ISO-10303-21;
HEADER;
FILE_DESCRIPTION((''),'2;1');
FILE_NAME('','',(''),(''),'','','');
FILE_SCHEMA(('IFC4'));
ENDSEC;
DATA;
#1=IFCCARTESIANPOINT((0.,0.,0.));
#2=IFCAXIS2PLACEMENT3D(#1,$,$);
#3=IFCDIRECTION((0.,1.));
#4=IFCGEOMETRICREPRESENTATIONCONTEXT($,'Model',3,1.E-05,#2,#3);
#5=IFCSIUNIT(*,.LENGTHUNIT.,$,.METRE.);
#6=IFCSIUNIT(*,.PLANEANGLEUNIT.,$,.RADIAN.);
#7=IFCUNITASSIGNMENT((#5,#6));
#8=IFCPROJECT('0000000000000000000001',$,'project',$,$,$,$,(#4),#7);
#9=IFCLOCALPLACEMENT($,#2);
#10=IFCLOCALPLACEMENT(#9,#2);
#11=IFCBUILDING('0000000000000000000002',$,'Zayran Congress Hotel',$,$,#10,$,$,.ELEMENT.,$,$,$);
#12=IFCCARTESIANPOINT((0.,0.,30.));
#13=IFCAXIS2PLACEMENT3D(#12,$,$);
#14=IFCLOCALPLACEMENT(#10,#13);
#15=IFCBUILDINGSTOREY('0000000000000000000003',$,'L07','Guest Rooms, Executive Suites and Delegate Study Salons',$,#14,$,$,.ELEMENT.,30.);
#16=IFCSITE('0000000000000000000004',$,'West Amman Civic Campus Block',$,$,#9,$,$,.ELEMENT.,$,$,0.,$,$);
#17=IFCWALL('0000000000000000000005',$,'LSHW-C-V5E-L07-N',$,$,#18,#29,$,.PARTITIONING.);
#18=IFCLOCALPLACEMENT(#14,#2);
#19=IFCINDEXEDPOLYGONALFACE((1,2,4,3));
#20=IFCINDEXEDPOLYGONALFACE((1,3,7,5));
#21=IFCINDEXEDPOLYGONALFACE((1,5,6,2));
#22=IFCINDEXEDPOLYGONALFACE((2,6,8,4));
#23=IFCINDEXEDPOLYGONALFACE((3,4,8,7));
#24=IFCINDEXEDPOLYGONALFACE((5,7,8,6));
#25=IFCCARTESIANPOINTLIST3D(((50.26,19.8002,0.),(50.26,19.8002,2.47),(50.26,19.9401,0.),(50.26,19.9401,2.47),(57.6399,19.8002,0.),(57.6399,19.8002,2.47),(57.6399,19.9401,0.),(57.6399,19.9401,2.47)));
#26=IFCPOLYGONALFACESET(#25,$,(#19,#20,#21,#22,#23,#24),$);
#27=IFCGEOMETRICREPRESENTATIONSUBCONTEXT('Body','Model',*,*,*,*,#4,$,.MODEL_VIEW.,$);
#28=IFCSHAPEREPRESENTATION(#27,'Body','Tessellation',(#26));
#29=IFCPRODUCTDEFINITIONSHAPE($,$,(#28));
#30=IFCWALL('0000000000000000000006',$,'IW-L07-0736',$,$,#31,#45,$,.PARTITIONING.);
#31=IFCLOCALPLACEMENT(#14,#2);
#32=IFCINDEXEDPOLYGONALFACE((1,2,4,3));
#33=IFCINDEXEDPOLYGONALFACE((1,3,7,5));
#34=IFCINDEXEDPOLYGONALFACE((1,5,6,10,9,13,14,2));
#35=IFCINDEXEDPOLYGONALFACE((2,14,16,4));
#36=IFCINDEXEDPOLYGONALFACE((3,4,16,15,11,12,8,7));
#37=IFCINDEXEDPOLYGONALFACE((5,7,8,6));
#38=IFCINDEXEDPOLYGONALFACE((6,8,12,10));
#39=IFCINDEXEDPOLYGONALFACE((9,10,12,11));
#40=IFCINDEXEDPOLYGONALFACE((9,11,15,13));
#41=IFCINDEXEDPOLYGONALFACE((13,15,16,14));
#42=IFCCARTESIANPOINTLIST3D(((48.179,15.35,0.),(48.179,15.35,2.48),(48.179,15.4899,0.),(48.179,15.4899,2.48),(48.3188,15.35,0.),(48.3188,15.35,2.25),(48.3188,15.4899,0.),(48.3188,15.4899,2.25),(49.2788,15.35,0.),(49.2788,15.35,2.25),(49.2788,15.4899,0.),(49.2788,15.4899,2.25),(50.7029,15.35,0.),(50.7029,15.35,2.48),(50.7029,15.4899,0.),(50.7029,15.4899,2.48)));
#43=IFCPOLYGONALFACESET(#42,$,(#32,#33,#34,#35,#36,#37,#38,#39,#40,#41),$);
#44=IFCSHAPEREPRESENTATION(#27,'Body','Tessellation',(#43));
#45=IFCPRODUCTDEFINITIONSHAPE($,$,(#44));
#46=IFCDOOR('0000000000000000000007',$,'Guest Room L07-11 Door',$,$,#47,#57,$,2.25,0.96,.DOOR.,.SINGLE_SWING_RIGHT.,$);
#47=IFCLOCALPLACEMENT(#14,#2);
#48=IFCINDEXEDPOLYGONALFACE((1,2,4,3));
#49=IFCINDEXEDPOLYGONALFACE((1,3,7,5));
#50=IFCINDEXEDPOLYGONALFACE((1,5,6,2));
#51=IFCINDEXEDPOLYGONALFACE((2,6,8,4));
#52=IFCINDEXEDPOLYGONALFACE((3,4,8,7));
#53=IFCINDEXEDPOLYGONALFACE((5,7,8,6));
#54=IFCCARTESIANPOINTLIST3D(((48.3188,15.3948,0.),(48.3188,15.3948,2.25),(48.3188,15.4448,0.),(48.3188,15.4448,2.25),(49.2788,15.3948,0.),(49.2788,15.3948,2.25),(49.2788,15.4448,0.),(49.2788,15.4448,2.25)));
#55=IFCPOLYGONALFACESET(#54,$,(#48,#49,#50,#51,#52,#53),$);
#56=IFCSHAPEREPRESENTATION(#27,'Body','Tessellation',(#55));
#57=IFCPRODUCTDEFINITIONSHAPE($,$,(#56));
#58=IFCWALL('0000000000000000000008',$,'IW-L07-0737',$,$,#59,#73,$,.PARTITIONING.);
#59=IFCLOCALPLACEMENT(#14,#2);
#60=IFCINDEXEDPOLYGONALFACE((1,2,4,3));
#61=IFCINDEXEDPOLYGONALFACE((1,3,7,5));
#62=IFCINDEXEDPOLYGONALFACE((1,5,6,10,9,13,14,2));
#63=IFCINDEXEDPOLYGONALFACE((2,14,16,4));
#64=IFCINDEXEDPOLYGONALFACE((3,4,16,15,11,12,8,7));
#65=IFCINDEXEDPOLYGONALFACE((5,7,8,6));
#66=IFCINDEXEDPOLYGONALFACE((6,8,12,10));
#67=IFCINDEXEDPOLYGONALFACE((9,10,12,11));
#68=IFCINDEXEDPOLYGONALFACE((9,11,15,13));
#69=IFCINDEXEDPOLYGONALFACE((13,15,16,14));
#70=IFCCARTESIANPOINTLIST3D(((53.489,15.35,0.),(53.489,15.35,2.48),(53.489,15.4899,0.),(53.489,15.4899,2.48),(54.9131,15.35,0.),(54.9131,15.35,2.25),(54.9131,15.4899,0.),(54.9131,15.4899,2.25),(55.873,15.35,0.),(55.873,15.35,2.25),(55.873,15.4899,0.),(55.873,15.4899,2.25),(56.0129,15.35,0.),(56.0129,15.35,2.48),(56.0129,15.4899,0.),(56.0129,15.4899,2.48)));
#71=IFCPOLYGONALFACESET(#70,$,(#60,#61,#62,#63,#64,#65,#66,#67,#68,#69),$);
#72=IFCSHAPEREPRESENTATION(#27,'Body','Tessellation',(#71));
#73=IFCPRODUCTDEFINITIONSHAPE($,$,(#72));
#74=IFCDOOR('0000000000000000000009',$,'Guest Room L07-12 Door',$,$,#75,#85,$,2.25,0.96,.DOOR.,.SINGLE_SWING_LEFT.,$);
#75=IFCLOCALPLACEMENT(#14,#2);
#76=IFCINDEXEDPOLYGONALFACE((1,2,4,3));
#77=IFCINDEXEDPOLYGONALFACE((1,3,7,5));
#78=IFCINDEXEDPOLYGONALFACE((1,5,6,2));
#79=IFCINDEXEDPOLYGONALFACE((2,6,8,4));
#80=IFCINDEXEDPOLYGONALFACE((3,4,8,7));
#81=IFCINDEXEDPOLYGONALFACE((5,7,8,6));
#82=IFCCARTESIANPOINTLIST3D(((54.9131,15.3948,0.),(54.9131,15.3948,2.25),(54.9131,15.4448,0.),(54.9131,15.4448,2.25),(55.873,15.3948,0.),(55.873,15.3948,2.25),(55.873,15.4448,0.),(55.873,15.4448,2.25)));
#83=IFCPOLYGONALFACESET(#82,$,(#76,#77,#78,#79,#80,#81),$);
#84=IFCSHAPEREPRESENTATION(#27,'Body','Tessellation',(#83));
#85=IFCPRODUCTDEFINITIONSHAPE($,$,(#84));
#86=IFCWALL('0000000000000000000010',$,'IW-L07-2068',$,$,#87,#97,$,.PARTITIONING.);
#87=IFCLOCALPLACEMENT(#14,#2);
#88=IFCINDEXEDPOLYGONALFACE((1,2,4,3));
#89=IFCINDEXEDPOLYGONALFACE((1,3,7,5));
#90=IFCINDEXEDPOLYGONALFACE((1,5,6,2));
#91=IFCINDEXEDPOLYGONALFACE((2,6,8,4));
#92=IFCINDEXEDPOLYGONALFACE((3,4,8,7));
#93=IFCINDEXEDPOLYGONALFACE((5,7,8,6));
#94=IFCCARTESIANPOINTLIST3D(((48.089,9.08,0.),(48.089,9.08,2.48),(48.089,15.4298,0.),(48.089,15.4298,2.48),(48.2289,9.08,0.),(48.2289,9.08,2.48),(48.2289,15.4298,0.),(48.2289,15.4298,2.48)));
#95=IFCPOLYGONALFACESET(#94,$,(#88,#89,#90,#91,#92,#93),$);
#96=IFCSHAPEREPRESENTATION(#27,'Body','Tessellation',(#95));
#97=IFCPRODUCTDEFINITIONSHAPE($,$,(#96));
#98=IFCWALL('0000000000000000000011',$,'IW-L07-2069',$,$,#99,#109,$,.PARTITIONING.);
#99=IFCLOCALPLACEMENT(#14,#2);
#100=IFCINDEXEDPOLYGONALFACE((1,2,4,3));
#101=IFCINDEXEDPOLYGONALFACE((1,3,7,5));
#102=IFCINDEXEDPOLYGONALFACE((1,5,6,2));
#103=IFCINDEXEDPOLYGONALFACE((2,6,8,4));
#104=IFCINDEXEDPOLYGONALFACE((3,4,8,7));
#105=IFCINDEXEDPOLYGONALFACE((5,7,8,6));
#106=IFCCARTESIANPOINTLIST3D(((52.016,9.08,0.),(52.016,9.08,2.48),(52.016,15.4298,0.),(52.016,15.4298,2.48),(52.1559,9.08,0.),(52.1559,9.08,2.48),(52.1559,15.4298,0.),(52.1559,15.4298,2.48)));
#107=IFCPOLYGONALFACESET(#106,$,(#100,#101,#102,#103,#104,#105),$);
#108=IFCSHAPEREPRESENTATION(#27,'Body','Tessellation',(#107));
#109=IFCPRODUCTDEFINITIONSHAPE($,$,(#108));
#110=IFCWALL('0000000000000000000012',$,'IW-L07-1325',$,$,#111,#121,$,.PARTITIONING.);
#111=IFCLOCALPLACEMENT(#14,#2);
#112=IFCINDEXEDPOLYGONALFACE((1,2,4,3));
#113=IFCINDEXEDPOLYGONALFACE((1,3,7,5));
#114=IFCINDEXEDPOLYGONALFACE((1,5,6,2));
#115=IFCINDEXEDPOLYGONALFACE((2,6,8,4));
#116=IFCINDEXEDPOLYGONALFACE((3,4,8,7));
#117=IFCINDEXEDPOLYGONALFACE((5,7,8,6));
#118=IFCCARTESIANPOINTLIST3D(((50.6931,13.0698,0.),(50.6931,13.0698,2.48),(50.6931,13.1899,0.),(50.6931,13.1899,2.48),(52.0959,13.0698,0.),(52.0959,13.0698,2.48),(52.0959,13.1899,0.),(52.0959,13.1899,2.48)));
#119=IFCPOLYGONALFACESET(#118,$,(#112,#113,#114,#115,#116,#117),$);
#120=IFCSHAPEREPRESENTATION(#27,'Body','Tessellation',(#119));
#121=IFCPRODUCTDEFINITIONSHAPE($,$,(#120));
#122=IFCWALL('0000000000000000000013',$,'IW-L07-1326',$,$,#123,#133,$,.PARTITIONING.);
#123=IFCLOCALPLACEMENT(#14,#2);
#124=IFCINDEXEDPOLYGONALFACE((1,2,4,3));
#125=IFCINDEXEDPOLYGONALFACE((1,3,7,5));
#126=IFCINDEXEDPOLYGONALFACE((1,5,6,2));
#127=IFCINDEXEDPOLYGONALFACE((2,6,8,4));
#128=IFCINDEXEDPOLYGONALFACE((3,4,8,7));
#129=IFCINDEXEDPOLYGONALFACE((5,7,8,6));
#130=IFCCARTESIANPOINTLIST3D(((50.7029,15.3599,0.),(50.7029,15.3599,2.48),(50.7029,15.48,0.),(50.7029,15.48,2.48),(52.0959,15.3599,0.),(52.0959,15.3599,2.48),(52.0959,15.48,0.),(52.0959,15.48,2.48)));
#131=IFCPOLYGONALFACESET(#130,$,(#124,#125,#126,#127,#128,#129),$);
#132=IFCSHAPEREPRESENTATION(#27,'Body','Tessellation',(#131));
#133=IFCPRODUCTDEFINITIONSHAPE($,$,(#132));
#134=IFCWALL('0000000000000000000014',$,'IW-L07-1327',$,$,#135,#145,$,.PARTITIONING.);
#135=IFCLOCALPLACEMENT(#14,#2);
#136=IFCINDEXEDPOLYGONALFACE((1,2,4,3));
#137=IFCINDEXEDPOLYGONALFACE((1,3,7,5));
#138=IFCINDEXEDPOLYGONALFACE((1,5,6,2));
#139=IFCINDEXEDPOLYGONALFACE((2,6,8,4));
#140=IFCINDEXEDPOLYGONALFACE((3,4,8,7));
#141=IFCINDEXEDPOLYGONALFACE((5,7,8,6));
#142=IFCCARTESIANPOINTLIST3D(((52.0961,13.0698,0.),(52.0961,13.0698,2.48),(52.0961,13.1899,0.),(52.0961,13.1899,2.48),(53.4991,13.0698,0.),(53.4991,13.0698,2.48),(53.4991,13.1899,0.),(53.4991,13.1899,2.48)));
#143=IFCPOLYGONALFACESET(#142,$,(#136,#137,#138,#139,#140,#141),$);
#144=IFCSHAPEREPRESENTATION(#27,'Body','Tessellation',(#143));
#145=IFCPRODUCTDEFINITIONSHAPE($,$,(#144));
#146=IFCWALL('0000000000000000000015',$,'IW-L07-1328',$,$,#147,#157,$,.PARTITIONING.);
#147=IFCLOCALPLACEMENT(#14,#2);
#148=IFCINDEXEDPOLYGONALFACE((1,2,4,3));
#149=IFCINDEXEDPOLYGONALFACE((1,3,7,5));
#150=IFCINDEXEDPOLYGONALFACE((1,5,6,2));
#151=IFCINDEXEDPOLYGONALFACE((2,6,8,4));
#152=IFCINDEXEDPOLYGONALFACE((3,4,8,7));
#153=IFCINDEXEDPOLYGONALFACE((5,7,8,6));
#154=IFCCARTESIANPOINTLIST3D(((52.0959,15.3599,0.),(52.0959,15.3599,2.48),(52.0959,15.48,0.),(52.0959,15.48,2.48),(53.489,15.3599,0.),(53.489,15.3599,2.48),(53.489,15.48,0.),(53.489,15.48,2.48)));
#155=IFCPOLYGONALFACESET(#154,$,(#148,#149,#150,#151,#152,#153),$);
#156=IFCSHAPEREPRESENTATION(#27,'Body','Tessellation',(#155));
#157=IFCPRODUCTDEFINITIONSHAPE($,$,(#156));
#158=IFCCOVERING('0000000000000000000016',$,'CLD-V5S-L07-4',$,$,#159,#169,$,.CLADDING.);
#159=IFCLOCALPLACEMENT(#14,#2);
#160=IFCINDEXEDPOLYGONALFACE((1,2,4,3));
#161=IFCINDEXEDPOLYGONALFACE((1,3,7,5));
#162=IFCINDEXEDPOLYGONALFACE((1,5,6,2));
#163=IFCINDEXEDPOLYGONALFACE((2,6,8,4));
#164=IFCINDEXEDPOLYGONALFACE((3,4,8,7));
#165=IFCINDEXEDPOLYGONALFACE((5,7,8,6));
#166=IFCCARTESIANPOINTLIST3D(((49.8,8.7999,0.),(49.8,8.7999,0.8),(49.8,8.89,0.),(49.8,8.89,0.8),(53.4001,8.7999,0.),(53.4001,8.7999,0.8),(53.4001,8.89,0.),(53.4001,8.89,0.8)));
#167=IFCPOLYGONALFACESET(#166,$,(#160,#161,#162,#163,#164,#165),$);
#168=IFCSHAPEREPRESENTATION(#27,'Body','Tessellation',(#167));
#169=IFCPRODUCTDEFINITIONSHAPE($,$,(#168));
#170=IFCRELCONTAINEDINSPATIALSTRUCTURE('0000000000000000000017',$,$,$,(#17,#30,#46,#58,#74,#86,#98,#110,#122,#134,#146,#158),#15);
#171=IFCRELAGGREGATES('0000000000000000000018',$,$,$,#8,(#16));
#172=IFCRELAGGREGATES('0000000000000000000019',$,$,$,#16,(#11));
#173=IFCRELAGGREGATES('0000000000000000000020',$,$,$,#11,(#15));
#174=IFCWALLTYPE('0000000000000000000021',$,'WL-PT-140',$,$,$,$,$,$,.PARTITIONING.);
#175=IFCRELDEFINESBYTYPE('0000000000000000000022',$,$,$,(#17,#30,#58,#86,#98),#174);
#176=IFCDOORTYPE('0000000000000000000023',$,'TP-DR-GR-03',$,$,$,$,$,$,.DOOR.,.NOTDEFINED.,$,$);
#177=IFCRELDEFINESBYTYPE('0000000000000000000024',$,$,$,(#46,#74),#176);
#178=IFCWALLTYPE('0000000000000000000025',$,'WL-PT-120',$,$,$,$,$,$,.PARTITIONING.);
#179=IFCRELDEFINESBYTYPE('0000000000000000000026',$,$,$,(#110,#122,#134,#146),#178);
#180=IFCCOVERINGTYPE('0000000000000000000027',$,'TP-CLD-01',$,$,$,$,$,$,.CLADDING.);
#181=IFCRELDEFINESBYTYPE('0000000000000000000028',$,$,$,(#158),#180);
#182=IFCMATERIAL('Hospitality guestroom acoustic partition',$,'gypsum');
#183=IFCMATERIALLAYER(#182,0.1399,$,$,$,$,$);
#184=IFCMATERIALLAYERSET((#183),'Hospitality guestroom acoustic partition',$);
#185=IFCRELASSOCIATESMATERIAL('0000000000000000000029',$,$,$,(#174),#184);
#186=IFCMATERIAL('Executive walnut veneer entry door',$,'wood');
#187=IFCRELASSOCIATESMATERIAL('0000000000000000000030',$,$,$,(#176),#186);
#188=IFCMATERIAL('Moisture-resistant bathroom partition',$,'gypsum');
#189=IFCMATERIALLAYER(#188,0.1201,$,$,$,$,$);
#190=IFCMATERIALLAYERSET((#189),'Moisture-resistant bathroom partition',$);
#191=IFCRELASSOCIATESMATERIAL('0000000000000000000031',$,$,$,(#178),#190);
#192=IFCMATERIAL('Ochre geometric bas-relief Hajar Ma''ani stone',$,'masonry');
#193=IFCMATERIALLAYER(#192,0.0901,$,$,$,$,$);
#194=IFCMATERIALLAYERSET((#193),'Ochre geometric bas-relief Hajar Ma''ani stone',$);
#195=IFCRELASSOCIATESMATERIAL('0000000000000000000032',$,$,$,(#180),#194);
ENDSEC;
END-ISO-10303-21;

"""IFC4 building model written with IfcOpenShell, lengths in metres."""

from ifc_helpers import new_model, si_unit, direction, frame, frame_2d, origin, origin_2d, place, context, subcontext, project, spatial, rectangle, extrude, material, layer, layer_set, type_object, element, fill, save


model = new_model("IFC4")

# Units and contexts
model_context = context("Model", 3, precision=1e-05, world=origin(), true_north=direction((0.0, 1.0)))
body_context = subcontext(model_context, "Body", "Model", "MODEL_VIEW")
ifc_project = project(units=[si_unit("LENGTHUNIT", "METRE"), si_unit("PLANEANGLEUNIT", "RADIAN")], contexts=[model_context])

# Site, building, storey
site_placement = place(None, origin())
site = spatial("IfcSite", under=ifc_project, at=site_placement, Name="West Amman Civic Campus Block", CompositionType="ELEMENT", RefElevation=0.0)
building_placement = place(site_placement, origin())
building = spatial("IfcBuilding", under=site, at=building_placement, Name="Zayran Congress Hotel", CompositionType="ELEMENT")
storey_placement = place(building_placement, frame((0.0, 0.0, 30.0)))
storey = spatial("IfcBuildingStorey", under=building, at=storey_placement, Name="L07", Description="Guest Rooms, Executive Suites and Delegate Study Salons", CompositionType="ELEMENT", Elevation=30.0)

# Wall
ifc_material_1 = material(Name="Hospitality guestroom acoustic partition", Category="gypsum")
ifc_layer_1 = layer(ifc_material_1, 0.1399)
ifc_layer_set_1 = layer_set([ifc_layer_1], Name="Hospitality guestroom acoustic partition")
wall_type_1 = type_object("IfcWallType", Name="WL-PT-140", PredefinedType="PARTITIONING", material=ifc_layer_set_1)
wall_1_placement = place(storey_placement, frame((50.26, 19.8701, 0.0), z_axis=(0.0, 0.0, 1.0), x_axis=(1.0, 0.0, 0.0)))
element("IfcWall", 1, at=wall_1_placement, inside=storey, type_object=wall_type_1, Name="LSHW-C-V5E-L07-N", PredefinedType="PARTITIONING", context=body_context, shape_type="SweptSolid", body=[
    extrude(rectangle(XDim=7.3799, YDim=0.1399, at=frame_2d((3.6899, 0.0))), origin(), (0.0, 0.0, 1.0), 2.47),
])

# Walls, openings, doors
wall_2_placement = place(storey_placement, frame((48.179, 15.4199, 0.0), z_axis=(0.0, 0.0, 1.0), x_axis=(1.0, 0.0, 0.0)))
wall_2 = element("IfcWall", 2, at=wall_2_placement, inside=storey, type_object=wall_type_1, Name="IW-L07-0736", PredefinedType="PARTITIONING", context=body_context, shape_type="SweptSolid", body=[
    extrude(rectangle(XDim=2.5239, YDim=0.1399, at=frame_2d((1.262, 0.0))), origin(), (0.0, 0.0, 1.0), 2.48),
])
opening_1_placement = place(wall_2_placement, frame((0.1399, 0.0, 0.0)))
opening_1 = element("IfcOpeningElement", 3, at=opening_1_placement, cuts=wall_2, PredefinedType="OPENING", context=body_context, shape_type="SweptSolid", body=[
    extrude(rectangle(XDim=0.96, YDim=2.25, at=frame_2d((0.48, 1.125))), frame((0.0, 0.0798, 0.0), z_axis=(0.0, -1.0, 0.0), x_axis=(1.0, 0.0, 0.0)), (0.0, 0.0, 1.0), 0.1599),
])
ifc_material_2 = material(Name="Executive walnut veneer entry door", Category="wood")
door_type_1 = type_object("IfcDoorType", Name="TP-DR-GR-03", OperationType="NOTDEFINED", PredefinedType="DOOR", material=ifc_material_2)
door_1_placement = place(opening_1_placement, origin())
door_1 = element("IfcDoor", 4, at=door_1_placement, inside=storey, type_object=door_type_1, Name="Guest Room L07-11 Door", OperationType="SINGLE_SWING_RIGHT", OverallHeight=2.25, OverallWidth=0.96, PredefinedType="DOOR", context=body_context, shape_type="SweptSolid", body=[
    extrude(rectangle(XDim=0.96, YDim=2.25, at=frame_2d((0.48, 1.125))), frame((0.0, 0.0249, 0.0), z_axis=(0.0, -1.0, 0.0), x_axis=(1.0, 0.0, 0.0)), (0.0, 0.0, 1.0), 0.05),
])
fill(opening_1, door_1)
wall_3_placement = place(storey_placement, frame((53.489, 15.4199, 0.0), z_axis=(0.0, 0.0, 1.0), x_axis=(1.0, 0.0, 0.0)))
wall_3 = element("IfcWall", 5, at=wall_3_placement, inside=storey, type_object=wall_type_1, Name="IW-L07-0737", PredefinedType="PARTITIONING", context=body_context, shape_type="SweptSolid", body=[
    extrude(rectangle(XDim=2.5239, YDim=0.1399, at=frame_2d((1.262, 0.0))), origin(), (0.0, 0.0, 1.0), 2.48),
])
opening_2_placement = place(wall_3_placement, frame((1.4241, 0.0, 0.0)))
opening_2 = element("IfcOpeningElement", 6, at=opening_2_placement, cuts=wall_3, PredefinedType="OPENING", context=body_context, shape_type="SweptSolid", body=[
    extrude(rectangle(XDim=0.96, YDim=2.25, at=frame_2d((0.48, 1.125))), frame((0.0, 0.0798, 0.0), z_axis=(0.0, -1.0, 0.0), x_axis=(1.0, 0.0, 0.0)), (0.0, 0.0, 1.0), 0.1599),
])
door_2_placement = place(opening_2_placement, origin())
door_2 = element("IfcDoor", 7, at=door_2_placement, inside=storey, type_object=door_type_1, Name="Guest Room L07-12 Door", OperationType="SINGLE_SWING_LEFT", OverallHeight=2.25, OverallWidth=0.96, PredefinedType="DOOR", context=body_context, shape_type="SweptSolid", body=[
    extrude(rectangle(XDim=0.96, YDim=2.25, at=frame_2d((0.48, 1.125))), frame((0.0, 0.0249, 0.0), z_axis=(0.0, -1.0, 0.0), x_axis=(1.0, 0.0, 0.0)), (0.0, 0.0, 1.0), 0.05),
])
fill(opening_2, door_2)

# Walls
for number, where, z_axis, x_axis, name in (
    (8, (48.1589, 9.0801, 0.0), (0.0, 0.0, 1.0), (0.0, 1.0, 0.0), "IW-L07-2068"),
    (9, (52.0859, 9.0801, 0.0), (0.0, 0.0, 1.0), (0.0, 1.0, 0.0), "IW-L07-2069"),
):
    element("IfcWall", number, at=place(storey_placement, frame(where, z_axis=z_axis, x_axis=x_axis)), inside=storey, type_object=wall_type_1, Name=name, PredefinedType="PARTITIONING", context=body_context, shape_type="SweptSolid", body=[
        extrude(rectangle(XDim=6.3499, YDim=0.1399, at=frame_2d((3.1748, 0.0))), origin(), (0.0, 0.0, 1.0), 2.48),
    ])

# Shared definitions
ifc_material_3 = material(Name="Moisture-resistant bathroom partition", Category="gypsum")
ifc_layer_2 = layer(ifc_material_3, 0.1201)
ifc_layer_set_2 = layer_set([ifc_layer_2], Name="Moisture-resistant bathroom partition")
wall_type_2 = type_object("IfcWallType", Name="WL-PT-120", PredefinedType="PARTITIONING", material=ifc_layer_set_2)

# Walls
wall_4_placement = place(storey_placement, frame((50.6931, 13.1299, 0.0), z_axis=(0.0, 0.0, 1.0), x_axis=(1.0, 0.0, 0.0)))
element("IfcWall", 10, at=wall_4_placement, inside=storey, type_object=wall_type_2, Name="IW-L07-1325", PredefinedType="PARTITIONING", context=body_context, shape_type="SweptSolid", body=[
    extrude(rectangle(XDim=1.4028, YDim=0.1201, at=frame_2d((0.7014, 0.0))), origin(), (0.0, 0.0, 1.0), 2.48),
])
wall_5_placement = place(storey_placement, frame((50.7029, 15.4199, 0.0), z_axis=(0.0, 0.0, 1.0), x_axis=(1.0, 0.0, 0.0)))
element("IfcWall", 11, at=wall_5_placement, inside=storey, type_object=wall_type_2, Name="IW-L07-1326", PredefinedType="PARTITIONING", context=body_context, shape_type="SweptSolid", body=[
    extrude(rectangle(XDim=1.3931, YDim=0.1201, at=frame_2d((0.6965, 0.0))), origin(), (0.0, 0.0, 1.0), 2.48),
])
wall_6_placement = place(storey_placement, frame((52.0959, 13.1299, 0.0), z_axis=(0.0, 0.0, 1.0), x_axis=(1.0, 0.0, 0.0)))
element("IfcWall", 12, at=wall_6_placement, inside=storey, type_object=wall_type_2, Name="IW-L07-1327", PredefinedType="PARTITIONING", context=body_context, shape_type="SweptSolid", body=[
    extrude(rectangle(XDim=1.4031, YDim=0.1201, at=frame_2d((0.7017, 0.0))), origin(), (0.0, 0.0, 1.0), 2.48),
])
wall_7_placement = place(storey_placement, frame((52.0959, 15.4199, 0.0), z_axis=(0.0, 0.0, 1.0), x_axis=(1.0, 0.0, 0.0)))
element("IfcWall", 13, at=wall_7_placement, inside=storey, type_object=wall_type_2, Name="IW-L07-1328", PredefinedType="PARTITIONING", context=body_context, shape_type="SweptSolid", body=[
    extrude(rectangle(XDim=1.3931, YDim=0.1201, at=frame_2d((0.6965, 0.0))), origin(), (0.0, 0.0, 1.0), 2.48),
])

# Covering
ifc_material_4 = material(Name="Ochre geometric bas-relief Hajar Ma'ani stone", Category="masonry")
ifc_layer_3 = layer(ifc_material_4, 0.0901)
ifc_layer_set_3 = layer_set([ifc_layer_3], Name="Ochre geometric bas-relief Hajar Ma'ani stone")
covering_type = type_object("IfcCoveringType", Name="TP-CLD-01", PredefinedType="CLADDING", material=ifc_layer_set_3)
covering_placement = place(storey_placement, frame((51.6001, 8.845, 0.0), z_axis=(0.0, 0.0, 1.0), x_axis=(1.0, 0.0, 0.0)))
element("IfcCovering", 14, at=covering_placement, inside=storey, type_object=covering_type, Name="CLD-V5S-L07-4", PredefinedType="CLADDING", context=body_context, shape_type="SweptSolid", body=[
    extrude(rectangle(XDim=3.6001, YDim=0.0901, at=origin_2d()), origin(), (0.0, 0.0, 1.0), 0.8),
])

save(model, "model.ifc")
